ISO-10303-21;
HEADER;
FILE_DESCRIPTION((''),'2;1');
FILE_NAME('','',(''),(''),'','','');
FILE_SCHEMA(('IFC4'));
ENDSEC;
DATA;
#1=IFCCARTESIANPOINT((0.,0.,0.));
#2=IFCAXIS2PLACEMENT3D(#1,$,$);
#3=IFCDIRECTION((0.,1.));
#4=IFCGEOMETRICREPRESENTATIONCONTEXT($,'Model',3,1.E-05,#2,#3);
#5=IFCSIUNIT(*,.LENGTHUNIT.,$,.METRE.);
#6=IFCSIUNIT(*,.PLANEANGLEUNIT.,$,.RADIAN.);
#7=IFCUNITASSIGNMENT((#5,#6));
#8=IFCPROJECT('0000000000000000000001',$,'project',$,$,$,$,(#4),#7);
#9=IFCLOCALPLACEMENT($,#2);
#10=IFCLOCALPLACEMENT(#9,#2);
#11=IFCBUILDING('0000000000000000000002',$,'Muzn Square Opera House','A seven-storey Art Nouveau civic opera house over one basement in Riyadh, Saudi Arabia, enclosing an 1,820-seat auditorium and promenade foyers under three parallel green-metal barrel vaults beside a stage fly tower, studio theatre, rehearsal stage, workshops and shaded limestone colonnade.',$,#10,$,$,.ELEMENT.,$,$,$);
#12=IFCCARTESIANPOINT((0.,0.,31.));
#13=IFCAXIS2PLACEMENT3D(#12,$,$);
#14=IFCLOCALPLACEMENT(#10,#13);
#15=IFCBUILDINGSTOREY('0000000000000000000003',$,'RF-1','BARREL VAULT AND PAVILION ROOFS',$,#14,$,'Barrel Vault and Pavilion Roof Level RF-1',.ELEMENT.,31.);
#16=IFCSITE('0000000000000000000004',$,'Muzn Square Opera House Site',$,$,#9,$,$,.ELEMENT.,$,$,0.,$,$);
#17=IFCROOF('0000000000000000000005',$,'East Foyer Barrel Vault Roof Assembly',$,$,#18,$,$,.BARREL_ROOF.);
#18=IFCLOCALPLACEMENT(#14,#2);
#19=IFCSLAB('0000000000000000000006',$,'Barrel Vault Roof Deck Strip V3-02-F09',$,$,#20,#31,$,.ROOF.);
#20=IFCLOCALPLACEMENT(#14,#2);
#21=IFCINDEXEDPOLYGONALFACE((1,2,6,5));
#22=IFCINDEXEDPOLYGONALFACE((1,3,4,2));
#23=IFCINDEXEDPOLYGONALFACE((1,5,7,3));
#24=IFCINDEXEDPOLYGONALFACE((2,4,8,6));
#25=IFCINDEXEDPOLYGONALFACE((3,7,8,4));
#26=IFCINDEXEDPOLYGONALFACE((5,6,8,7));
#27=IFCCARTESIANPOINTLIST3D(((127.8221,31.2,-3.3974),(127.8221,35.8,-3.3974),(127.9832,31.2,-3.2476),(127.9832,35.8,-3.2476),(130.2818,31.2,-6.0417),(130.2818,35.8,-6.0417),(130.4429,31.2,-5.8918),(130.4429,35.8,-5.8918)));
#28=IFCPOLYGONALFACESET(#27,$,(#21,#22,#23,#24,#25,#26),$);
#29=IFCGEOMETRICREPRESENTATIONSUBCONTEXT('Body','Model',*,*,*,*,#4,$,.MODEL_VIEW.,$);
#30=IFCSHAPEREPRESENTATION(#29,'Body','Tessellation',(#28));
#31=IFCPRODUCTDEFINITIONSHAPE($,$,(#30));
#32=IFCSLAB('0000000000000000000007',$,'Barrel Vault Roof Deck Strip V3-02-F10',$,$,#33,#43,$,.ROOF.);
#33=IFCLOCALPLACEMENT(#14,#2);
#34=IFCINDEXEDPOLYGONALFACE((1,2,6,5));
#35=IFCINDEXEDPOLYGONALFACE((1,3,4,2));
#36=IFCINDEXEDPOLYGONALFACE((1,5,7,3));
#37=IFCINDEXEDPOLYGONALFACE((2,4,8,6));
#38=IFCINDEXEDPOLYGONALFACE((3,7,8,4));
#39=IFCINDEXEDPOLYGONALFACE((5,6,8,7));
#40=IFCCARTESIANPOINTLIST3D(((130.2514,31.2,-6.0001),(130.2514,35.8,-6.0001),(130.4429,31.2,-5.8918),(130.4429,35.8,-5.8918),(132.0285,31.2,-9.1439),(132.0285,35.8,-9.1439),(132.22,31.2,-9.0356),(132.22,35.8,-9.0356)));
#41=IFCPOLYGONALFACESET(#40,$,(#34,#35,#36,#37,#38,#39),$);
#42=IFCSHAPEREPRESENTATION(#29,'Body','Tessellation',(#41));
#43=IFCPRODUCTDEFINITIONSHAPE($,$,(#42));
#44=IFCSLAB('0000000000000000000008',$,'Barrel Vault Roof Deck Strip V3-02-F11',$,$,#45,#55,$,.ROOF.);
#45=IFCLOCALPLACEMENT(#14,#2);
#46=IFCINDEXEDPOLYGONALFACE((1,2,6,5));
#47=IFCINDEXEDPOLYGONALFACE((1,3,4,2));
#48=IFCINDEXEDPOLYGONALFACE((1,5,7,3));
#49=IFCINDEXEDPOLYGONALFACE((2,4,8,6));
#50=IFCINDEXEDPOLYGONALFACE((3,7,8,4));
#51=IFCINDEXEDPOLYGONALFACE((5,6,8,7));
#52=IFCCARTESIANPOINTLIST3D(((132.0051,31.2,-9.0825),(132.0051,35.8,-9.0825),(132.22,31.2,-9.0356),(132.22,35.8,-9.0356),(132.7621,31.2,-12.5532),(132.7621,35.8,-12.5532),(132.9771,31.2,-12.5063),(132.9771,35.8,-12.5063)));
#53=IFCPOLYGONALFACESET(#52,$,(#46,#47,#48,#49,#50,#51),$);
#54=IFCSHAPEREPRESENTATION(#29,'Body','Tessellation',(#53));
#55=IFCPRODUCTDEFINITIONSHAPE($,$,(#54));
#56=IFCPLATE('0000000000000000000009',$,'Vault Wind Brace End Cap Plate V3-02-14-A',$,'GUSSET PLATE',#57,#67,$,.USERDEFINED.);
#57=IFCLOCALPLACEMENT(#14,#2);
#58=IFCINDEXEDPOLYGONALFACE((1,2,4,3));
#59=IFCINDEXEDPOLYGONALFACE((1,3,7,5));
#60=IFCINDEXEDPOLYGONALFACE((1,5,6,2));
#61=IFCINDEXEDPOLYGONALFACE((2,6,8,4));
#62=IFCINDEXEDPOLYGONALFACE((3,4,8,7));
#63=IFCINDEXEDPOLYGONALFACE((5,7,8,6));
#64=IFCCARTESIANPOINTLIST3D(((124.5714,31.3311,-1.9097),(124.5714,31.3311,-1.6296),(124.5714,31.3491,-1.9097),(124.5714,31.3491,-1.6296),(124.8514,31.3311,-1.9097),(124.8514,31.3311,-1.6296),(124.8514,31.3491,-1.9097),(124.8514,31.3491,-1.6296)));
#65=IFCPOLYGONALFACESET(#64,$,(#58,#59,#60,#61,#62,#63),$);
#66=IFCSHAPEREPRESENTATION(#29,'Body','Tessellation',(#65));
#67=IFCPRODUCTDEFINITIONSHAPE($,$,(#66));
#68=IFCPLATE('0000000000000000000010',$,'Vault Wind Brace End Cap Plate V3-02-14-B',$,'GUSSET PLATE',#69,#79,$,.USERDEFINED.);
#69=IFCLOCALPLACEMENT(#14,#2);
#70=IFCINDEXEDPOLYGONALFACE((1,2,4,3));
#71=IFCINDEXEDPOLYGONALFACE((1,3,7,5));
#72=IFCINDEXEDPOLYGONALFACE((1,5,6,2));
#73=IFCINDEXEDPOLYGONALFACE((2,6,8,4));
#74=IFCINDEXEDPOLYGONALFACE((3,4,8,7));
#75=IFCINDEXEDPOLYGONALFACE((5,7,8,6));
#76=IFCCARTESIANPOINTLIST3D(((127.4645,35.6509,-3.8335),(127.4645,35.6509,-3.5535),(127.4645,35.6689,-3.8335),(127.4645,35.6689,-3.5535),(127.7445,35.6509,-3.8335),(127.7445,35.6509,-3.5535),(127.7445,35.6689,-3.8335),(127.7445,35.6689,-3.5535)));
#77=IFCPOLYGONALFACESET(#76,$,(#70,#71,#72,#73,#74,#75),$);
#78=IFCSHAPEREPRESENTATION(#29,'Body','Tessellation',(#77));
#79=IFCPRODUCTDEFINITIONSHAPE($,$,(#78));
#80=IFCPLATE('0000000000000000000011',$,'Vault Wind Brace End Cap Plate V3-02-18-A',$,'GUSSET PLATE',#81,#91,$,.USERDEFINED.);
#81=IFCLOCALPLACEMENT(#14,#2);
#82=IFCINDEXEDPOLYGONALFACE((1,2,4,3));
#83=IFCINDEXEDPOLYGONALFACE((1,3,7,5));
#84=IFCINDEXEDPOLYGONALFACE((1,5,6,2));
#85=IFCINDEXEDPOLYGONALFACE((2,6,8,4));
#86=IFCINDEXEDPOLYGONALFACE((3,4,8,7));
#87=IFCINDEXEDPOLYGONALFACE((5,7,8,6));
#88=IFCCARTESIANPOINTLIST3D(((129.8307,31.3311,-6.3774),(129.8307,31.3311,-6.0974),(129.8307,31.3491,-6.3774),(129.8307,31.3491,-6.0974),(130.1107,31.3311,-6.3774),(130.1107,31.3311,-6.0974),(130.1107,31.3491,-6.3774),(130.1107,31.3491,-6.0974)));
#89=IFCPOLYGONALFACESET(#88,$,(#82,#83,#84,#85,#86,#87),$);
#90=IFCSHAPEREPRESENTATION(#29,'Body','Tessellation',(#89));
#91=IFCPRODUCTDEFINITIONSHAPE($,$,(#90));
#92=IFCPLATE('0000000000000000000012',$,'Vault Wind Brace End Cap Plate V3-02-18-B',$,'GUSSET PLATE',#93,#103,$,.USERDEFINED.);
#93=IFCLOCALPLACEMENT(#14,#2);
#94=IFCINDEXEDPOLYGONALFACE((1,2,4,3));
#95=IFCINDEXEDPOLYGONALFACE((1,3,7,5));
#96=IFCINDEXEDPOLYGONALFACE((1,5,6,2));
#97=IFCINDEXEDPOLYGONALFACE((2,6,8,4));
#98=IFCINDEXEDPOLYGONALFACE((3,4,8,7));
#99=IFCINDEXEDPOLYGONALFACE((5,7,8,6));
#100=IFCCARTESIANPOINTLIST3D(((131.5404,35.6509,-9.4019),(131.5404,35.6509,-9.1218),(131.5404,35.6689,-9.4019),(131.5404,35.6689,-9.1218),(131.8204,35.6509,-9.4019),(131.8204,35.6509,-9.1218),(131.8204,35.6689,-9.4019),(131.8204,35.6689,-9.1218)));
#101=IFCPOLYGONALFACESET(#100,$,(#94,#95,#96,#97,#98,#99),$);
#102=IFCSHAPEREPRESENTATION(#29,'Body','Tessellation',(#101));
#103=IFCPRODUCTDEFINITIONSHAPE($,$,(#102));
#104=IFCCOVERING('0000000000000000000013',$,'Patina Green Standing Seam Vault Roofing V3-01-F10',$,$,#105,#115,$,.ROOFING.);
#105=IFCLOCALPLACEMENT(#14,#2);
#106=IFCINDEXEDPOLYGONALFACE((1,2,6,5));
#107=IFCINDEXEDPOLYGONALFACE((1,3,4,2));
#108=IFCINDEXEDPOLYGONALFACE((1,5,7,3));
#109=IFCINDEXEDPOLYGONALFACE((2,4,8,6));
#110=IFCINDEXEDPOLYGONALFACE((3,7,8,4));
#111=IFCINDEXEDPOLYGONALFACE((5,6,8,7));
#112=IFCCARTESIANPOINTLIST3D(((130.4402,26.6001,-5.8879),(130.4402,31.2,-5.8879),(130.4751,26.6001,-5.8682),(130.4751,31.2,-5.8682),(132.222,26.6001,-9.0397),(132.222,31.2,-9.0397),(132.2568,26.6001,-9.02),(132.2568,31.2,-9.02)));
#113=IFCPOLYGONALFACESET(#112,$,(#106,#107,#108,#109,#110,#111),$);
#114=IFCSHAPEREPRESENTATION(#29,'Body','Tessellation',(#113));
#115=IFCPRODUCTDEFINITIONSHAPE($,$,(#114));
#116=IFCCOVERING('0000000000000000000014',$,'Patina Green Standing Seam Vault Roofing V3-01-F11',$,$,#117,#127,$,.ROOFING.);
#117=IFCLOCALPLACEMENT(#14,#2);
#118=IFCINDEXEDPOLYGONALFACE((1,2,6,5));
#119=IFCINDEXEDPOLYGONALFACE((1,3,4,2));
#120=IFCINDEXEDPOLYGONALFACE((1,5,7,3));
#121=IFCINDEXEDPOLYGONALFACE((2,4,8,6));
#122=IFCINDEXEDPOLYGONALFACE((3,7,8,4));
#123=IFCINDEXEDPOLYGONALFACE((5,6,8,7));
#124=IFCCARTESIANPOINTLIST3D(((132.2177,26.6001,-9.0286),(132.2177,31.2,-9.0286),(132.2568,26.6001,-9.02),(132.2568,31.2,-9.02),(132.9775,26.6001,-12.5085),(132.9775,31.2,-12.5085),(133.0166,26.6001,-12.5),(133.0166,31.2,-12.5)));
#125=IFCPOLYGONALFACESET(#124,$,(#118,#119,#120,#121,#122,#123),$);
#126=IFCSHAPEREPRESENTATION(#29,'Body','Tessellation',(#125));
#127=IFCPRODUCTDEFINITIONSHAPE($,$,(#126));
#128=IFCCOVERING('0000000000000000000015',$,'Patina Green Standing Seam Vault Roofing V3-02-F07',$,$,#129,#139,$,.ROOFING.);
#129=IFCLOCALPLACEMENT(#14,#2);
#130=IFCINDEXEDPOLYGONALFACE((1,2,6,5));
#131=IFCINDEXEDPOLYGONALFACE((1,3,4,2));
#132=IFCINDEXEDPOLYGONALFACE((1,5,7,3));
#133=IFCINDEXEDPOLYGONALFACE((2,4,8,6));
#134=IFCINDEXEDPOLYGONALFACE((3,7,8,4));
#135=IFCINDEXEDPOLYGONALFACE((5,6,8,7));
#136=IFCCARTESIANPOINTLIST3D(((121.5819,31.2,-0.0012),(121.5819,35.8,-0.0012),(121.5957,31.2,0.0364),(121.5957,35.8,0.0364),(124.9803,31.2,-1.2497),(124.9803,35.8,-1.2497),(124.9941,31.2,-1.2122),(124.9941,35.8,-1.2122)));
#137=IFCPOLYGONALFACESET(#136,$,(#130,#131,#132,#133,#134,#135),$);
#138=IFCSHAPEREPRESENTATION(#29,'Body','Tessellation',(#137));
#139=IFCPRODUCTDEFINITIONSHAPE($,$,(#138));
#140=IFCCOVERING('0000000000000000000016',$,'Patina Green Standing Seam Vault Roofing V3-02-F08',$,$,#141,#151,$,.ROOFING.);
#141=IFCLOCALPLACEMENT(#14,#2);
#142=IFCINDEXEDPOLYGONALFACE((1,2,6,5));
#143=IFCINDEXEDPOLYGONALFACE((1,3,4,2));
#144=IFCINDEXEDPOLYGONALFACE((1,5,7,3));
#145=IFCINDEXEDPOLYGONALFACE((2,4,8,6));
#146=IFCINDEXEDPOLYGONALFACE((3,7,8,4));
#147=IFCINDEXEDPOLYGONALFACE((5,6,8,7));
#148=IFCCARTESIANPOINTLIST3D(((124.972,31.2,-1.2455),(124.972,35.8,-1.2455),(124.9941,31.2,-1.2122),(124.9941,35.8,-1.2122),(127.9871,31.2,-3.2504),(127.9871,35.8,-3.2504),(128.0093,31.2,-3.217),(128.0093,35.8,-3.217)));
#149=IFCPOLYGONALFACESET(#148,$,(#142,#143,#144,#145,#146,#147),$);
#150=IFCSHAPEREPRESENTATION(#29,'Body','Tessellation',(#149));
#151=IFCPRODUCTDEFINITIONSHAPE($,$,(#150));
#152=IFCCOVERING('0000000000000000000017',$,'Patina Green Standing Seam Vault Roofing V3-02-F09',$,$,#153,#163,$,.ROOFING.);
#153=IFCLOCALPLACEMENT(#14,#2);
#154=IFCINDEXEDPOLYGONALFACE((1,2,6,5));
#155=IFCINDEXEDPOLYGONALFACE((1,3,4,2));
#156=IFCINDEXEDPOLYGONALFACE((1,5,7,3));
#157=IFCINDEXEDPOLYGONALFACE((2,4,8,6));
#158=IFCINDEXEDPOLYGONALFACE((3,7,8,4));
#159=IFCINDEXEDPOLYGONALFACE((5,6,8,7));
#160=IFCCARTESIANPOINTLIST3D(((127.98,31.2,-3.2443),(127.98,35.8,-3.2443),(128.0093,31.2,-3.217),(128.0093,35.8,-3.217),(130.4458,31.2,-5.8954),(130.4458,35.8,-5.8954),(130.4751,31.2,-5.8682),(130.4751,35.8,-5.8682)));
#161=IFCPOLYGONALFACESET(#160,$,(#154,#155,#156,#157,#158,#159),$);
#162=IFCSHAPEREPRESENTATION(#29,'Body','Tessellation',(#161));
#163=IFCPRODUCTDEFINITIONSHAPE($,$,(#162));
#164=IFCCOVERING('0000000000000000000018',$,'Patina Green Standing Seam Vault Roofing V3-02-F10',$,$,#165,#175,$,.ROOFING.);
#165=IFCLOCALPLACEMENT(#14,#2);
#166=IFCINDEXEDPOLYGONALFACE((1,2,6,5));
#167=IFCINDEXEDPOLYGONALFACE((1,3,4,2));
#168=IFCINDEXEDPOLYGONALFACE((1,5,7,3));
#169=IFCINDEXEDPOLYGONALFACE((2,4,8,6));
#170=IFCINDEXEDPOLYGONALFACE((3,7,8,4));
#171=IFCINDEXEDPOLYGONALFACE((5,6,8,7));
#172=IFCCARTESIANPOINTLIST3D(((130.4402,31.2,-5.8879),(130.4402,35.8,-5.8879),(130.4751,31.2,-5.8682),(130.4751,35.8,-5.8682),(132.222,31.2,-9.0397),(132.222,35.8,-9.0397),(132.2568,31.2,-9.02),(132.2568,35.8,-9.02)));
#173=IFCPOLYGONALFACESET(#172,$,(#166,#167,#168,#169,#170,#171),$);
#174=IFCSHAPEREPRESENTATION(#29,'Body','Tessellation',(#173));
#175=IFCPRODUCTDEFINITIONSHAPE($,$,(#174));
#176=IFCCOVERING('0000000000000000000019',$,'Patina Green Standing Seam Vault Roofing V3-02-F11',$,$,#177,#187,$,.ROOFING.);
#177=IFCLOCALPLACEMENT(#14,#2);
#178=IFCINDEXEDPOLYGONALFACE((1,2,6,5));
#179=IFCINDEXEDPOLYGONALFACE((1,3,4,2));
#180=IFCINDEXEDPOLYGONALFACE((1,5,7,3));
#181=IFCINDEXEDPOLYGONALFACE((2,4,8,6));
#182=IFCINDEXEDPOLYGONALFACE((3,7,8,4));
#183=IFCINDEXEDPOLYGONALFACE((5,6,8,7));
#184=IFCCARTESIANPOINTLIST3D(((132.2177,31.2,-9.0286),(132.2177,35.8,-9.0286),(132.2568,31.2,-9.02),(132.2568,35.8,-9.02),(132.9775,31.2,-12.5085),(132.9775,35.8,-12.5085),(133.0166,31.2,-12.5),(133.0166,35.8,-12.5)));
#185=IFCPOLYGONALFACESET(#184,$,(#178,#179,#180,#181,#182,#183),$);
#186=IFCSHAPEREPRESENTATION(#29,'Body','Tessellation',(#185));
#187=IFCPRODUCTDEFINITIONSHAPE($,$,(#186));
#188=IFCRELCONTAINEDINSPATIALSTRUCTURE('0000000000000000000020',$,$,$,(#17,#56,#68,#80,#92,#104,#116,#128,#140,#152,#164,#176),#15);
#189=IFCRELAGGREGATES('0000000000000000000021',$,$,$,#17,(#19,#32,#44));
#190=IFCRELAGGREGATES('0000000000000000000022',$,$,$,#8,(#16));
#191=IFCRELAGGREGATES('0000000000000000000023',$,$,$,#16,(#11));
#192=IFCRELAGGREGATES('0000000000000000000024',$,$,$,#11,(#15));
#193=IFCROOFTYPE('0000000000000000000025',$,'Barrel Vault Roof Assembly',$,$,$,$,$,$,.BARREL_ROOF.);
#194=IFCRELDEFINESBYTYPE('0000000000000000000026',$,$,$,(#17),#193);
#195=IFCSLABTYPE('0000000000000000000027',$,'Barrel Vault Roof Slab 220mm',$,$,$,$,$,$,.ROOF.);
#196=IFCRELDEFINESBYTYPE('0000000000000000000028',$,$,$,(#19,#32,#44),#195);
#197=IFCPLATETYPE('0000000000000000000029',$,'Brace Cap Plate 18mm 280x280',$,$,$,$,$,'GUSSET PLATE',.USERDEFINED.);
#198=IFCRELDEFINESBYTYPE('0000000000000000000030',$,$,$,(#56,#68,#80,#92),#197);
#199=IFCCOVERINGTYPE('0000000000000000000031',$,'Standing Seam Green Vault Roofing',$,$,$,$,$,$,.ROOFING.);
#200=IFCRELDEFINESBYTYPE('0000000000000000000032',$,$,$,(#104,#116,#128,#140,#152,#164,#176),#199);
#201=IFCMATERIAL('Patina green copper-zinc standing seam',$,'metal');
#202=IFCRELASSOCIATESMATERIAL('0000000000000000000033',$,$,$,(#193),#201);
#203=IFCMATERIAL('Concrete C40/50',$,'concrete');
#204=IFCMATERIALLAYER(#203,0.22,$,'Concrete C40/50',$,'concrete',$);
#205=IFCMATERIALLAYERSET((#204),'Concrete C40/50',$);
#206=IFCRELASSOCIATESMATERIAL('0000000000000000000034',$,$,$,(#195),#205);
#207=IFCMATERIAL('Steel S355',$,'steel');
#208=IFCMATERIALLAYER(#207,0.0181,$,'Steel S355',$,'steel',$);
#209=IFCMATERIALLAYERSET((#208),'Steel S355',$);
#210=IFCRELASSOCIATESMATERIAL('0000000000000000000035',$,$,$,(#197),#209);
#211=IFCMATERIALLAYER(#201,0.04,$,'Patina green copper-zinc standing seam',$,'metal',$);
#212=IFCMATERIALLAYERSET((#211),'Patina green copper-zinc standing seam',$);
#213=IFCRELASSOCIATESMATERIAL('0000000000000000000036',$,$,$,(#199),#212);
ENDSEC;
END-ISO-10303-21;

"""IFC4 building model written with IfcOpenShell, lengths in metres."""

from ifc_helpers import new_model, si_unit, direction, frame, origin, origin_2d, place, context, subcontext, project, spatial, polyline, rectangle, outline, extrude, material, layer, layer_set, type_object, element, aggregate, save


model = new_model("IFC4")

# Units and contexts
model_context = context("Model", 3, precision=1e-05, world=origin(), true_north=direction((0.0, 1.0)))
body_context = subcontext(model_context, "Body", "Model", "MODEL_VIEW")
ifc_project = project(units=[si_unit("LENGTHUNIT", "METRE"), si_unit("PLANEANGLEUNIT", "RADIAN")], contexts=[model_context])

# Site, building, storey
site_placement = place(None, origin())
site = spatial("IfcSite", under=ifc_project, at=site_placement, Name="Muzn Square Opera House Site", CompositionType="ELEMENT", RefElevation=0.0)
building_placement = place(site_placement, origin())
building = spatial("IfcBuilding", under=site, at=building_placement, Name="Muzn Square Opera House", Description="A seven-storey Art Nouveau civic opera house over one basement in Riyadh, Saudi Arabia, enclosing an 1,820-seat auditorium and promenade foyers under three parallel green-metal barrel vaults beside a stage fly tower, studio theatre, rehearsal stage, workshops and shaded limestone colonnade.", CompositionType="ELEMENT")
storey_placement = place(building_placement, frame((0.0, 0.0, 31.0)))
storey = spatial("IfcBuildingStorey", under=building, at=storey_placement, Name="RF-1", Description="BARREL VAULT AND PAVILION ROOFS", LongName="Barrel Vault and Pavilion Roof Level RF-1", CompositionType="ELEMENT", Elevation=31.0)

# Shared definitions
ifc_material_1 = material(Name="Steel S355", Category="steel")

# Roof, slabs
ifc_material_2 = material(Name="Patina green copper-zinc standing seam", Category="metal")
roof_type = type_object("IfcRoofType", Name="Barrel Vault Roof Assembly", PredefinedType="BARREL_ROOF", material=ifc_material_2)
roof_placement = place(storey_placement, origin())
roof = element("IfcRoof", 1, at=roof_placement, inside=storey, type_object=roof_type, Name="East Foyer Barrel Vault Roof Assembly", PredefinedType="BARREL_ROOF")
ifc_material_3 = material(Name="Concrete C40/50", Category="concrete")
ifc_layer_1 = layer(ifc_material_3, 0.22, Name="Concrete C40/50", Category="concrete")
ifc_layer_set_1 = layer_set([ifc_layer_1], Name="Concrete C40/50")
slab_type = type_object("IfcSlabType", Name="Barrel Vault Roof Slab 220mm", PredefinedType="ROOF", material=ifc_layer_set_1)
slab_1_placement = place(storey_placement, frame((127.9832, 31.2, -3.2476), z_axis=(0.732198, 0.0, 0.681091), x_axis=(0.681091, 0.0, -0.732198)))
slab_1 = element("IfcSlab", 2, at=slab_1_placement, type_object=slab_type, Name="Barrel Vault Roof Deck Strip V3-02-F09", PredefinedType="ROOF", context=body_context, shape_type="SweptSolid", body=[
    extrude(outline(polyline([(0.0, 0.0), (3.6114, 0.0), (3.6114, 4.6001), (0.0, 4.6001), (0.0, 0.0)])), origin(), (0.0, 0.0, -1.0), 0.22),
])
slab_2_placement = place(storey_placement, frame((130.4429, 31.2, -5.8918), z_axis=(0.870543, 0.0, 0.492093), x_axis=(0.492093, 0.0, -0.870543)))
slab_2 = element("IfcSlab", 3, at=slab_2_placement, type_object=slab_type, Name="Barrel Vault Roof Deck Strip V3-02-F10", PredefinedType="ROOF", context=body_context, shape_type="SweptSolid", body=[
    extrude(outline(polyline([(0.0, 0.0), (3.6113, 0.0), (3.6113, 4.6001), (0.0, 4.6001), (0.0, 0.0)])), origin(), (0.0, 0.0, -1.0), 0.22),
])
slab_3_placement = place(storey_placement, frame((132.22, 31.2, -9.0356), z_axis=(0.977025, 0.0, 0.213123), x_axis=(0.213123, 0.0, -0.977025)))
slab_3 = element("IfcSlab", 4, at=slab_3_placement, type_object=slab_type, Name="Barrel Vault Roof Deck Strip V3-02-F11", PredefinedType="ROOF", context=body_context, shape_type="SweptSolid", body=[
    extrude(outline(polyline([(0.0, 0.0), (3.5523, 0.0), (3.5523, 4.6001), (0.0, 4.6001), (0.0, 0.0)])), origin(), (0.0, 0.0, -1.0), 0.22),
])
aggregate(roof, [slab_1, slab_2, slab_3])

# Plates
ifc_layer_2 = layer(ifc_material_1, 0.0181, Name="Steel S355", Category="steel")
ifc_layer_set_2 = layer_set([ifc_layer_2], Name="Steel S355")
plate_type = type_object("IfcPlateType", Name="Brace Cap Plate 18mm 280x280", ElementType="GUSSET PLATE", PredefinedType="USERDEFINED", material=ifc_layer_set_2)
for number, where, z_axis, x_axis, name in (
    (5, (124.7114, 31.3401, -1.9097), (0.0, 0.0, 1.0), (1.0, 0.0, 0.0), "Vault Wind Brace End Cap Plate V3-02-14-A"),
    (6, (127.6045, 35.6599, -3.8335), (0.0, 0.0, 1.0), (1.0, 0.0, 0.0), "Vault Wind Brace End Cap Plate V3-02-14-B"),
    (7, (129.9707, 31.3401, -6.3774), (0.0, 0.0, 1.0), (1.0, 0.0, 0.0), "Vault Wind Brace End Cap Plate V3-02-18-A"),
    (8, (131.6804, 35.6599, -9.4019), (0.0, 0.0, 1.0), (1.0, 0.0, 0.0), "Vault Wind Brace End Cap Plate V3-02-18-B"),
):
    element("IfcPlate", number, at=place(storey_placement, frame(where, z_axis=z_axis, x_axis=x_axis)), inside=storey, type_object=plate_type, Name=name, ObjectType="GUSSET PLATE", PredefinedType="USERDEFINED", context=body_context, shape_type="SweptSolid", body=[
        extrude(rectangle(XDim=0.28, YDim=0.0181, at=origin_2d()), origin(), (0.0, 0.0, 1.0), 0.28),
    ])

# Coverings
ifc_layer_3 = layer(ifc_material_2, 0.04, Name="Patina green copper-zinc standing seam", Category="metal")
ifc_layer_set_3 = layer_set([ifc_layer_3], Name="Patina green copper-zinc standing seam")
covering_type = type_object("IfcCoveringType", Name="Standing Seam Green Vault Roofing", PredefinedType="ROOFING", material=ifc_layer_set_3)
covering_1_placement = place(storey_placement, frame((130.4751, 26.6001, -5.8682), z_axis=(0.870533, 0.0, 0.492111), x_axis=(0.492111, 0.0, -0.870533)))
element("IfcCovering", 9, at=covering_1_placement, inside=storey, type_object=covering_type, Name="Patina Green Standing Seam Vault Roofing V3-01-F10", PredefinedType="ROOFING", context=body_context, shape_type="SweptSolid", body=[
    extrude(outline(polyline([(0.0, 0.0), (3.6206, 0.0), (3.6206, 4.5999), (0.0, 4.5999), (0.0, 0.0)])), origin(), (0.0, 0.0, -1.0), 0.04),
])
covering_2_placement = place(storey_placement, frame((132.2568, 26.6001, -9.02), z_axis=(0.976987, 0.0, 0.2133), x_axis=(0.2133, 0.0, -0.976987)))
element("IfcCovering", 10, at=covering_2_placement, inside=storey, type_object=covering_type, Name="Patina Green Standing Seam Vault Roofing V3-01-F11", PredefinedType="ROOFING", context=body_context, shape_type="SweptSolid", body=[
    extrude(outline(polyline([(0.0, 0.0), (3.562, 0.0), (3.562, 4.5999), (0.0, 4.5999), (0.0, 0.0)])), origin(), (0.0, 0.0, -1.0), 0.04),
])
covering_3_placement = place(storey_placement, frame((121.5957, 31.2, 0.0364), z_axis=(0.344849, 0.0, 0.938658), x_axis=(0.938658, 0.0, -0.344849)))
element("IfcCovering", 11, at=covering_3_placement, inside=storey, type_object=covering_type, Name="Patina Green Standing Seam Vault Roofing V3-02-F07", PredefinedType="ROOFING", context=body_context, shape_type="SweptSolid", body=[
    extrude(outline(polyline([(0.0, 0.0), (3.6205, 0.0), (3.6205, 4.6001), (0.0, 4.6001), (0.0, 0.0)])), origin(), (0.0, 0.0, -1.0), 0.04),
])
covering_4_placement = place(storey_placement, frame((124.9941, 31.2, -1.2122), z_axis=(0.553704, 0.0, 0.832714), x_axis=(0.832714, 0.0, -0.553704)))
element("IfcCovering", 12, at=covering_4_placement, inside=storey, type_object=covering_type, Name="Patina Green Standing Seam Vault Roofing V3-02-F08", PredefinedType="ROOFING", context=body_context, shape_type="SweptSolid", body=[
    extrude(outline(polyline([(0.0, 0.0), (3.6209, 0.0), (3.6209, 4.6001), (0.0, 4.6001), (0.0, 0.0)])), origin(), (0.0, 0.0, -1.0), 0.04),
])
covering_5_placement = place(storey_placement, frame((128.0093, 31.2, -3.217), z_axis=(0.732234, 0.0, 0.681053), x_axis=(0.681053, 0.0, -0.732234)))
element("IfcCovering", 13, at=covering_5_placement, inside=storey, type_object=covering_type, Name="Patina Green Standing Seam Vault Roofing V3-02-F09", PredefinedType="ROOFING", context=body_context, shape_type="SweptSolid", body=[
    extrude(outline(polyline([(0.0, 0.0), (3.6206, 0.0), (3.6206, 4.6001), (0.0, 4.6001), (0.0, 0.0)])), origin(), (0.0, 0.0, -1.0), 0.04),
])
covering_6_placement = place(storey_placement, frame((130.4751, 31.2, -5.8682), z_axis=(0.870533, 0.0, 0.492111), x_axis=(0.492111, 0.0, -0.870533)))
element("IfcCovering", 14, at=covering_6_placement, inside=storey, type_object=covering_type, Name="Patina Green Standing Seam Vault Roofing V3-02-F10", PredefinedType="ROOFING", context=body_context, shape_type="SweptSolid", body=[
    extrude(outline(polyline([(0.0, 0.0), (3.6206, 0.0), (3.6206, 4.6001), (0.0, 4.6001), (0.0, 0.0)])), origin(), (0.0, 0.0, -1.0), 0.04),
])
covering_7_placement = place(storey_placement, frame((132.2568, 31.2, -9.02), z_axis=(0.976987, 0.0, 0.2133), x_axis=(0.2133, 0.0, -0.976987)))
element("IfcCovering", 15, at=covering_7_placement, inside=storey, type_object=covering_type, Name="Patina Green Standing Seam Vault Roofing V3-02-F11", PredefinedType="ROOFING", context=body_context, shape_type="SweptSolid", body=[
    extrude(outline(polyline([(0.0, 0.0), (3.562, 0.0), (3.562, 4.6001), (0.0, 4.6001), (0.0, 0.0)])), origin(), (0.0, 0.0, -1.0), 0.04),
])

save(model, "model.ifc")
